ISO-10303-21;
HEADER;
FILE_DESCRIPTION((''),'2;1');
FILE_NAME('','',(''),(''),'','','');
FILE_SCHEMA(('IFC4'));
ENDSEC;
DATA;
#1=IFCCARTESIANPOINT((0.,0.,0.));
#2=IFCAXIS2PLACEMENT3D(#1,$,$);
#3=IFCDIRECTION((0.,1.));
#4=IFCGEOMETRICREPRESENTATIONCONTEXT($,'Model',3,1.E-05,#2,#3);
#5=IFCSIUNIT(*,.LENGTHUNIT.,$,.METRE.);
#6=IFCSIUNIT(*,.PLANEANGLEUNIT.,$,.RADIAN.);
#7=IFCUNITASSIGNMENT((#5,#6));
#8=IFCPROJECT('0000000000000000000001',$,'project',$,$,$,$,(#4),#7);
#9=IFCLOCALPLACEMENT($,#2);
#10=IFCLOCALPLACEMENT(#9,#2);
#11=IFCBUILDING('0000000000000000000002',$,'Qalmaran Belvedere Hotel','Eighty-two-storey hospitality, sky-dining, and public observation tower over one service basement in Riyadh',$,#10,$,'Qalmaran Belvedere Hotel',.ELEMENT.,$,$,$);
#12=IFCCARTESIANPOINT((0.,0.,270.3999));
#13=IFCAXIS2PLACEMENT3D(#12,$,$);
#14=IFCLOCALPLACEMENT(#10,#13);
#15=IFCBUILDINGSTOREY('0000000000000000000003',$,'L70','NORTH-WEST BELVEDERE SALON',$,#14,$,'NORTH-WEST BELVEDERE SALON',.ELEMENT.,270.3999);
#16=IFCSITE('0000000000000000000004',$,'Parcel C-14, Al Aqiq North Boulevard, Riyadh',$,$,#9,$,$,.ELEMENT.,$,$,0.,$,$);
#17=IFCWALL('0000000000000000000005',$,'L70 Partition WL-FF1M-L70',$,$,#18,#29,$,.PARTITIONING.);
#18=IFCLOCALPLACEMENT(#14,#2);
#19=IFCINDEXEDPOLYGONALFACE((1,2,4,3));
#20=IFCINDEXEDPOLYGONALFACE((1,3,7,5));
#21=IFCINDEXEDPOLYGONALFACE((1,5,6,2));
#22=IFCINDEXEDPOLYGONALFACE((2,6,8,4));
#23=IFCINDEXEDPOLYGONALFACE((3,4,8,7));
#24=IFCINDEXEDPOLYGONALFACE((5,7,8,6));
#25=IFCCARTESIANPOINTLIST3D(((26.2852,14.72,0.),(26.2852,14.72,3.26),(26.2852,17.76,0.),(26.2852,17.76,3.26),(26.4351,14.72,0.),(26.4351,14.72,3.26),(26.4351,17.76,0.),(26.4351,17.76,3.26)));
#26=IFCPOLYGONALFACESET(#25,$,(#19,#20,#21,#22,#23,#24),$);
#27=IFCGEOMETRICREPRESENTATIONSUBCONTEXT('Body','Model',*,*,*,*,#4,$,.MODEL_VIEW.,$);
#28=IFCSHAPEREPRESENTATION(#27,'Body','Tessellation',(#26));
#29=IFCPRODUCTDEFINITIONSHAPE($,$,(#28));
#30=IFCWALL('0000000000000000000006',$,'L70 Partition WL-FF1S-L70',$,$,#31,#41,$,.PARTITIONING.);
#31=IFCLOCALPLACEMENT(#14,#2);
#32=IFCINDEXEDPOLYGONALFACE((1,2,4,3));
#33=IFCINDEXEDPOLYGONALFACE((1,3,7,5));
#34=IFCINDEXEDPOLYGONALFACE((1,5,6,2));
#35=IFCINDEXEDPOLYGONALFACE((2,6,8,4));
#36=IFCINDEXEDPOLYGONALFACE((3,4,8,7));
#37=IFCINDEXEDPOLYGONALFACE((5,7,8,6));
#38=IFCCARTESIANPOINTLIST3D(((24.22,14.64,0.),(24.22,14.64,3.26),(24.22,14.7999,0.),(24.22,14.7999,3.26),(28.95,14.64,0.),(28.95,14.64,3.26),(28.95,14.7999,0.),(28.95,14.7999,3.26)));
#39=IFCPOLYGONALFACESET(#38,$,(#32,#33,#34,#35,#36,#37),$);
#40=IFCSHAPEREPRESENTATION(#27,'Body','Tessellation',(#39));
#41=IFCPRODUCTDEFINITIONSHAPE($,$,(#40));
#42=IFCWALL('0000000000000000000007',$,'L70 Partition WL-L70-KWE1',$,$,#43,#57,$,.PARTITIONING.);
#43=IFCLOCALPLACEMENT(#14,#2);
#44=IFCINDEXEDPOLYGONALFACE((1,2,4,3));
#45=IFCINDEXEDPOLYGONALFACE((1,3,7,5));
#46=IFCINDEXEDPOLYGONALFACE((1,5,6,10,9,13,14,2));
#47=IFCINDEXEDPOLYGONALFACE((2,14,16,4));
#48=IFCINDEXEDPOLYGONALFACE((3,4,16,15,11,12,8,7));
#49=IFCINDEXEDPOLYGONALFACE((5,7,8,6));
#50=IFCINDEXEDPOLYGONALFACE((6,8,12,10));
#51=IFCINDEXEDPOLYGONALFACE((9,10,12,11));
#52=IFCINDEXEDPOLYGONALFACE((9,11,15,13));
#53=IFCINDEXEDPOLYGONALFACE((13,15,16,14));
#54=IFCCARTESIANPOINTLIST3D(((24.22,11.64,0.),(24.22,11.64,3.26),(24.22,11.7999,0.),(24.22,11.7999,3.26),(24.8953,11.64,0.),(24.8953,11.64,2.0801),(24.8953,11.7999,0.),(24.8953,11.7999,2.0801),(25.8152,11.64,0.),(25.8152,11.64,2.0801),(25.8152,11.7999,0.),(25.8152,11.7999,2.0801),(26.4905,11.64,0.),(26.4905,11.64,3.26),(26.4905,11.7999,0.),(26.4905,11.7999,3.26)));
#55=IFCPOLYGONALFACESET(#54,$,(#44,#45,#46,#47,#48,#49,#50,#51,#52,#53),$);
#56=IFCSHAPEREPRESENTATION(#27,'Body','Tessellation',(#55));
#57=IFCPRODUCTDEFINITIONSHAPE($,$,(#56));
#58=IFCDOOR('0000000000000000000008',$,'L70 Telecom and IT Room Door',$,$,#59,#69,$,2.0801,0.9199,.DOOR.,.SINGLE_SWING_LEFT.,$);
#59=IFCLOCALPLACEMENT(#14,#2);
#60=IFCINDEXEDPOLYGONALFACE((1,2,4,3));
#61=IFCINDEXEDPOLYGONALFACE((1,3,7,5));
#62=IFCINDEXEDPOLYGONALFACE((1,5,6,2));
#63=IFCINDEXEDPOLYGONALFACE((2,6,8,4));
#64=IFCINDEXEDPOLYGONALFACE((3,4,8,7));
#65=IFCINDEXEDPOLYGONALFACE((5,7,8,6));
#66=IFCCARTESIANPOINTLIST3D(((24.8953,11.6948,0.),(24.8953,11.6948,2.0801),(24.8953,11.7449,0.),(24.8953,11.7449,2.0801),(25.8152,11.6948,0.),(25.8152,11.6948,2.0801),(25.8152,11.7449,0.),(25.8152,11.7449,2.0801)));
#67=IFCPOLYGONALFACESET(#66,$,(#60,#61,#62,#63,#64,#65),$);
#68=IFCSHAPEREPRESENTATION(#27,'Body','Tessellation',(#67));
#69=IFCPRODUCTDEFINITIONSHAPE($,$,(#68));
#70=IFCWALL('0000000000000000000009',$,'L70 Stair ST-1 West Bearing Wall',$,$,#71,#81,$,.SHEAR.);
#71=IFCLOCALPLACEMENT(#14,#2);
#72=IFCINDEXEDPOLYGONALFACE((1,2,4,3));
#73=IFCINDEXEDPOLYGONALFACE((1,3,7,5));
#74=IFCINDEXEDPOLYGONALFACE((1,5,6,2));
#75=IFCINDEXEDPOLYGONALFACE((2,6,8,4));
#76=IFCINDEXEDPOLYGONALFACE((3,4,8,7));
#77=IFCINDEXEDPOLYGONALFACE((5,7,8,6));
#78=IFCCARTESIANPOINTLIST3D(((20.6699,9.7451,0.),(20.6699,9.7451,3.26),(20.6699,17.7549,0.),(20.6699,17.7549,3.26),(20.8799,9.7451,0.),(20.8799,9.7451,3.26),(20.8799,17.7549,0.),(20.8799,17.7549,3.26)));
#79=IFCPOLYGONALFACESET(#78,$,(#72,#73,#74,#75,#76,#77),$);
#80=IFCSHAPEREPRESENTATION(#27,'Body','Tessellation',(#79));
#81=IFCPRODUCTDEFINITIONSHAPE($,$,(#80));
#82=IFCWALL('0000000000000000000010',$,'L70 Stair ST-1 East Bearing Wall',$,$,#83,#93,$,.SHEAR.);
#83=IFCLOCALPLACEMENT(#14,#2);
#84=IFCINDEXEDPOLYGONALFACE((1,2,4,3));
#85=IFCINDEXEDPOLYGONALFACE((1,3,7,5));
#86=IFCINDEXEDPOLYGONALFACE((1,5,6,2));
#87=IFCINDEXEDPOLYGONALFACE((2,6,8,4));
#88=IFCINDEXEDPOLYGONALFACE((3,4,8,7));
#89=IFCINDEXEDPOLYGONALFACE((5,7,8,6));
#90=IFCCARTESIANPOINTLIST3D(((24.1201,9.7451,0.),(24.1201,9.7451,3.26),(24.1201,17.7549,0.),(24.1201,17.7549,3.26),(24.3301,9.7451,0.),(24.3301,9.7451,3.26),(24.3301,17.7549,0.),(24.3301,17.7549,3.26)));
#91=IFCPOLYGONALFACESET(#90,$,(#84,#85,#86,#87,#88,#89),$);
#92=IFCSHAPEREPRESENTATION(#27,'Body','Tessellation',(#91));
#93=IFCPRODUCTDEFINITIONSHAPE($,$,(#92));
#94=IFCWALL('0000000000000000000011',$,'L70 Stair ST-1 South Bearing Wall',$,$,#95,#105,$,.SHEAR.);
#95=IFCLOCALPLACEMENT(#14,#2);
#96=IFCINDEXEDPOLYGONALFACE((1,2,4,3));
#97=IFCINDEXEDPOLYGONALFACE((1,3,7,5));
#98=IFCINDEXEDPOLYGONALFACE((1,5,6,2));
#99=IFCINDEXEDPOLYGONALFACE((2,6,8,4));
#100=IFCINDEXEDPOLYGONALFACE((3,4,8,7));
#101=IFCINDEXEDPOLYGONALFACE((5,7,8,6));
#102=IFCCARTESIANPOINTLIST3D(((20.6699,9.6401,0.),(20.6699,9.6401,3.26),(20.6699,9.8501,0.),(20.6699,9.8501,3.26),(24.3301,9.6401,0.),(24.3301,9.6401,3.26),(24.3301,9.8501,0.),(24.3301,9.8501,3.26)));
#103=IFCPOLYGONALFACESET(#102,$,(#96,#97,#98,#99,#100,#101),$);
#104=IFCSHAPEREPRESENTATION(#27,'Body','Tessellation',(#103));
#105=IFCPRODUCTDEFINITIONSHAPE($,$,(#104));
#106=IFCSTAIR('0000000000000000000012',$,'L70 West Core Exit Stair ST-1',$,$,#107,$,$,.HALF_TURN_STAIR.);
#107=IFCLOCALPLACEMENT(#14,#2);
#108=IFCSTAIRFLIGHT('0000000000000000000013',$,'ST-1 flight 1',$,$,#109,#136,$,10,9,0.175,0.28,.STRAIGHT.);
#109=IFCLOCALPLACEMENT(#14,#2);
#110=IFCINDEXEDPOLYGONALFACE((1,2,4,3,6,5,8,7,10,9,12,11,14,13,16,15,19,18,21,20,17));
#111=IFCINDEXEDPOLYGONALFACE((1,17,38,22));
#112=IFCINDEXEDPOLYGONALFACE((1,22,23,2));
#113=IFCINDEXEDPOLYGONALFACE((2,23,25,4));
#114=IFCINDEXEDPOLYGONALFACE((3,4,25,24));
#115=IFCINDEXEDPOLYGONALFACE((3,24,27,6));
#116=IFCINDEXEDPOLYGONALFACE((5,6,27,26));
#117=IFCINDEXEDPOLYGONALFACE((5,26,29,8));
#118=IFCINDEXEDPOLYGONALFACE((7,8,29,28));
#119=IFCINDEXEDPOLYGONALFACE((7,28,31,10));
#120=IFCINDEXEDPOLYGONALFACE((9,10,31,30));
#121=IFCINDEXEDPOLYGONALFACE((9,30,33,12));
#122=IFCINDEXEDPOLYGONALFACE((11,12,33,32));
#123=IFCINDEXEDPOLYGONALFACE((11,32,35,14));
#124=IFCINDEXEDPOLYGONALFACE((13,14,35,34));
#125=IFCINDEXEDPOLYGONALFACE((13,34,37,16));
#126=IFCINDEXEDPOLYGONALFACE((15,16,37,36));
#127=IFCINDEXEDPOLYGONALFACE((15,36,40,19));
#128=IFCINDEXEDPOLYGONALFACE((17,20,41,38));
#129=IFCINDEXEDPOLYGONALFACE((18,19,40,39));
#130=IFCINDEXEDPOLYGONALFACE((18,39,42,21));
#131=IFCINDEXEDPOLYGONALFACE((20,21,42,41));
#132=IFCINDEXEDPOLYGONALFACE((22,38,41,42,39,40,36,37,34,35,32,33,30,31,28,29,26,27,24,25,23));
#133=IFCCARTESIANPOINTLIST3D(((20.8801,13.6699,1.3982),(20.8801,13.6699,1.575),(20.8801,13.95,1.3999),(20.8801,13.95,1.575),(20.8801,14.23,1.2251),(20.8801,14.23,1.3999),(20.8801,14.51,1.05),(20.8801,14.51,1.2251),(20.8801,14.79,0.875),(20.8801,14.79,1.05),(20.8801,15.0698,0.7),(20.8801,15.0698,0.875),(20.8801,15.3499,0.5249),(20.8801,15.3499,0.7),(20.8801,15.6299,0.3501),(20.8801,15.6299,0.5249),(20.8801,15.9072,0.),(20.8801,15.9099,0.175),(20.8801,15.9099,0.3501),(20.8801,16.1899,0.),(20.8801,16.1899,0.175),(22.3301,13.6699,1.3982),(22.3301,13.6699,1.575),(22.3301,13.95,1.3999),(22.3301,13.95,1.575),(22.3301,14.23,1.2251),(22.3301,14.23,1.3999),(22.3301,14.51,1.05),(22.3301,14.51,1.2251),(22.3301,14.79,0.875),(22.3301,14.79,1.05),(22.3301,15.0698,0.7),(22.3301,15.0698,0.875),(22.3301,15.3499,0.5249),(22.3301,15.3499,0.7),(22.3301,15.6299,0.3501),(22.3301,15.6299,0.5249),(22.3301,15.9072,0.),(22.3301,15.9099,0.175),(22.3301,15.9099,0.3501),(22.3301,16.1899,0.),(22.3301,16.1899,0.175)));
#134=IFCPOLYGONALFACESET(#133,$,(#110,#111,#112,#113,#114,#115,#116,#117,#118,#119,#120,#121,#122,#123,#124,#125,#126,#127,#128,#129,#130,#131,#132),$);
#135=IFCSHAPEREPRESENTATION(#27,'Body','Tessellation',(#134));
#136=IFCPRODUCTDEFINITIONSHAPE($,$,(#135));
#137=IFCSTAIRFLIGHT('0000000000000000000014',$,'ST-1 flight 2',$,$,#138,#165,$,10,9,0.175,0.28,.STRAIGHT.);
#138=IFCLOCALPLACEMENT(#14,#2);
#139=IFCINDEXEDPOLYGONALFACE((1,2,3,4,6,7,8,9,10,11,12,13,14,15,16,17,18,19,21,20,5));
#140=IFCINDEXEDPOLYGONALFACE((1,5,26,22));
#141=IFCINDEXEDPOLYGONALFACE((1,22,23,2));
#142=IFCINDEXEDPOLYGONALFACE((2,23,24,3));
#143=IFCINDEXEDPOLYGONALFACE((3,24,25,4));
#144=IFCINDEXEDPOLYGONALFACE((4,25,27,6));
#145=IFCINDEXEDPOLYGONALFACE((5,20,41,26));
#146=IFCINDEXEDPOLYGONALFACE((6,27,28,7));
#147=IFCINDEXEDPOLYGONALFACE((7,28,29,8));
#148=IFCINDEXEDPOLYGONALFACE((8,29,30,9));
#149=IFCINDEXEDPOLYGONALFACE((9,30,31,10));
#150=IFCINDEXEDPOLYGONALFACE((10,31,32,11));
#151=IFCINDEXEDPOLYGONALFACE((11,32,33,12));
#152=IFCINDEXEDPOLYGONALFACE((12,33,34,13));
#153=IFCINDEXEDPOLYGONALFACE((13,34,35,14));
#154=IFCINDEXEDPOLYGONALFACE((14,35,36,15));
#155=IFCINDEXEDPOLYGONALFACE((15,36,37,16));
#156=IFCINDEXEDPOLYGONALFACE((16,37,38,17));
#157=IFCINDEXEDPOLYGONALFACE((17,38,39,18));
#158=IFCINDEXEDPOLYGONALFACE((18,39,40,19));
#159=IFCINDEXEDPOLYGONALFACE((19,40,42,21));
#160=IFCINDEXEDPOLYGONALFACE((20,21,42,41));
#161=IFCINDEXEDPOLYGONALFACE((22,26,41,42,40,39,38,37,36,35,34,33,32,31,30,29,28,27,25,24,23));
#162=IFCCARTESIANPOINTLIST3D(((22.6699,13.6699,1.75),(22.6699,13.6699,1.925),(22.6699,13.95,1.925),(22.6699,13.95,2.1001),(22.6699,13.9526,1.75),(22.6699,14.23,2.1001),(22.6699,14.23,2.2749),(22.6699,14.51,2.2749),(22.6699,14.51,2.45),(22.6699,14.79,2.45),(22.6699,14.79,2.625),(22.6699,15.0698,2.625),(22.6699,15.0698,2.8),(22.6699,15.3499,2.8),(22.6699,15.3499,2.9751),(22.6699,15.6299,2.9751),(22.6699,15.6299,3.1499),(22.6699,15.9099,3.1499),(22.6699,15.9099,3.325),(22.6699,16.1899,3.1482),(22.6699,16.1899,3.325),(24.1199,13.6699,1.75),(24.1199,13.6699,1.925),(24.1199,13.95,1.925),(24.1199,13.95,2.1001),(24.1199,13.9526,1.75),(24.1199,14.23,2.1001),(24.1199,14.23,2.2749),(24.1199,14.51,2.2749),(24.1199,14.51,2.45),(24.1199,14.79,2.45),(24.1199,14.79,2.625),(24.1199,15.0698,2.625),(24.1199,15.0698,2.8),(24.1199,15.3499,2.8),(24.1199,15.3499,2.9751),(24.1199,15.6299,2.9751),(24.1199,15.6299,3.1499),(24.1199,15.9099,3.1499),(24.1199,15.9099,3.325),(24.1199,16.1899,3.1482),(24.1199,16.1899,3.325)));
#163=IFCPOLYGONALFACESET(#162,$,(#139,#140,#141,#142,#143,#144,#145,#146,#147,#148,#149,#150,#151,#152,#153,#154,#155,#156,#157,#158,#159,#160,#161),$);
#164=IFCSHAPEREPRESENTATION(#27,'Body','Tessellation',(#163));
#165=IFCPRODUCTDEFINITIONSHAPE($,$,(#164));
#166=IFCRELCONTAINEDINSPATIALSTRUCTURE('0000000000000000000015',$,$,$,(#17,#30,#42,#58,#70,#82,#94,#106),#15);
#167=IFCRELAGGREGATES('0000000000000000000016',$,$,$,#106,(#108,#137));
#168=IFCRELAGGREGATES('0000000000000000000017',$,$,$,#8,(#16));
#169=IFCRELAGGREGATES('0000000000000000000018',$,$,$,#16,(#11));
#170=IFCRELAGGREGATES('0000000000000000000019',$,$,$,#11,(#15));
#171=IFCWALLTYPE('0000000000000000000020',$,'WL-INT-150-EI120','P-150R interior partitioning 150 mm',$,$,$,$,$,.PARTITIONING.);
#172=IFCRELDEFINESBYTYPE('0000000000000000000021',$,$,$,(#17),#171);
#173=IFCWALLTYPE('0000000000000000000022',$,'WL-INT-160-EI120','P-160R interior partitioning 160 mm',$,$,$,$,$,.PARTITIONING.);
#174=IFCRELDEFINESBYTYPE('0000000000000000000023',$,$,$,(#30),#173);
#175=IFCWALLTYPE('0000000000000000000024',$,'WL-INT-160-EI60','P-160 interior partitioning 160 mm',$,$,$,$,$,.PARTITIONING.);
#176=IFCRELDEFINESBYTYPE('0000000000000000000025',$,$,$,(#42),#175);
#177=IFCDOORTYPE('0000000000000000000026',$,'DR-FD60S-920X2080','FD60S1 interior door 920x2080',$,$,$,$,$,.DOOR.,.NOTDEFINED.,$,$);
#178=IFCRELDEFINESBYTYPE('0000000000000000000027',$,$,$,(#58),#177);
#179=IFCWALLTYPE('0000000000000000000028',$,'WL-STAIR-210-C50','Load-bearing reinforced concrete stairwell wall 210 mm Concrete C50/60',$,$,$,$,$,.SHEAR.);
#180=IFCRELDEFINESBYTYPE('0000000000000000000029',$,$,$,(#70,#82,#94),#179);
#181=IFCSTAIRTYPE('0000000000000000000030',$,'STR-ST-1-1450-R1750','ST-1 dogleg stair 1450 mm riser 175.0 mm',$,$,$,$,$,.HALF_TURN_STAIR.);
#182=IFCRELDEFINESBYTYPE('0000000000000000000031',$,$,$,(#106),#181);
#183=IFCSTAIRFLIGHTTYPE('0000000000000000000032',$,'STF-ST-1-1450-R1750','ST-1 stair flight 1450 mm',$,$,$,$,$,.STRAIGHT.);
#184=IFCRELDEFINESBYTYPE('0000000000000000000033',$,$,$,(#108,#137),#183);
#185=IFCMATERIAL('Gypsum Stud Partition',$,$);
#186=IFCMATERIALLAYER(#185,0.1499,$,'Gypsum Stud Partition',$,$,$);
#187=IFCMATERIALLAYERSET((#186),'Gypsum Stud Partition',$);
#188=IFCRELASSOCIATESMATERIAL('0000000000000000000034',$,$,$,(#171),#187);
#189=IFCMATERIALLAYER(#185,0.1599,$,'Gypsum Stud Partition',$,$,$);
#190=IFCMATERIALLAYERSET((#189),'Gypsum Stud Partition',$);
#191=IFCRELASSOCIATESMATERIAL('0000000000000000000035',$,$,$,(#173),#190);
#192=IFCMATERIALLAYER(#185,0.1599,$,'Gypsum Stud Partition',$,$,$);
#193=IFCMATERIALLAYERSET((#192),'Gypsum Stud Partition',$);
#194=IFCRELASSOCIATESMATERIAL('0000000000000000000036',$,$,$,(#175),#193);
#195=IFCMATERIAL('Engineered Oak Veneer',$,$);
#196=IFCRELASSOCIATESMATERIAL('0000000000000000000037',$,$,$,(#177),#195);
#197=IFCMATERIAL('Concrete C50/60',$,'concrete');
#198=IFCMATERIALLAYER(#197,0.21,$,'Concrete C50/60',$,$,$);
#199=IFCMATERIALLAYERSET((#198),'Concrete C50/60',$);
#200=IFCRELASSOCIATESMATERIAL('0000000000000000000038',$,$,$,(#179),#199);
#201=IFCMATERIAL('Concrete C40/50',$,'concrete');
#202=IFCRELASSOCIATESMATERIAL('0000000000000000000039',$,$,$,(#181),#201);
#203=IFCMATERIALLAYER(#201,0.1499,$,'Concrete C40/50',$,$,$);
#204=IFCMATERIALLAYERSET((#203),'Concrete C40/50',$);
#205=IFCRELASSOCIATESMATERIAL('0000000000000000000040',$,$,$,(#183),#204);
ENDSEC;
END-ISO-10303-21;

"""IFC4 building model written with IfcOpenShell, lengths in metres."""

from ifc_helpers import new_model, si_unit, direction, frame, frame_2d, origin, place, context, subcontext, project, spatial, polyline, rectangle, outline, extrude, material, layer, layer_set, type_object, element, fill, aggregate, save


model = new_model("IFC4")

# Units and contexts
model_context = context("Model", 3, precision=1e-05, world=origin(), true_north=direction((0.0, 1.0)))
body_context = subcontext(model_context, "Body", "Model", "MODEL_VIEW")
ifc_project = project(units=[si_unit("LENGTHUNIT", "METRE"), si_unit("PLANEANGLEUNIT", "RADIAN")], contexts=[model_context])

# Site, building, storey
site_placement = place(None, origin())
site = spatial("IfcSite", under=ifc_project, at=site_placement, Name="Parcel C-14, Al Aqiq North Boulevard, Riyadh", CompositionType="ELEMENT", RefElevation=0.0)
building_placement = place(site_placement, origin())
building = spatial("IfcBuilding", under=site, at=building_placement, Name="Qalmaran Belvedere Hotel", Description="Eighty-two-storey hospitality, sky-dining, and public observation tower over one service basement in Riyadh", LongName="Qalmaran Belvedere Hotel", CompositionType="ELEMENT")
storey_placement = place(building_placement, frame((0.0, 0.0, 270.3999)))
storey = spatial("IfcBuildingStorey", under=building, at=storey_placement, Name="L70", Description="NORTH-WEST BELVEDERE SALON", LongName="NORTH-WEST BELVEDERE SALON", CompositionType="ELEMENT", Elevation=270.3999)

# Walls
ifc_material_1 = material(Name="Gypsum Stud Partition")
ifc_layer_1 = layer(ifc_material_1, 0.1499, Name="Gypsum Stud Partition")
ifc_layer_set_1 = layer_set([ifc_layer_1], Name="Gypsum Stud Partition")
wall_type_1 = type_object("IfcWallType", Name="WL-INT-150-EI120", Description="P-150R interior partitioning 150 mm", PredefinedType="PARTITIONING", material=ifc_layer_set_1)
wall_1_placement = place(storey_placement, frame((26.3601, 14.72, 0.0), z_axis=(0.0, 0.0, 1.0), x_axis=(0.0, 1.0, 0.0)))
element("IfcWall", 1, at=wall_1_placement, inside=storey, type_object=wall_type_1, Name="L70 Partition WL-FF1M-L70", PredefinedType="PARTITIONING", context=body_context, shape_type="SweptSolid", body=[
    extrude(rectangle(XDim=3.04, YDim=0.1499, at=frame_2d((1.52, 0.0))), origin(), (0.0, 0.0, 1.0), 3.26),
])
ifc_layer_2 = layer(ifc_material_1, 0.1599, Name="Gypsum Stud Partition")
ifc_layer_set_2 = layer_set([ifc_layer_2], Name="Gypsum Stud Partition")
wall_type_2 = type_object("IfcWallType", Name="WL-INT-160-EI120", Description="P-160R interior partitioning 160 mm", PredefinedType="PARTITIONING", material=ifc_layer_set_2)
wall_2_placement = place(storey_placement, frame((24.22, 14.72, 0.0), z_axis=(0.0, 0.0, 1.0), x_axis=(1.0, 0.0, 0.0)))
element("IfcWall", 2, at=wall_2_placement, inside=storey, type_object=wall_type_2, Name="L70 Partition WL-FF1S-L70", PredefinedType="PARTITIONING", context=body_context, shape_type="SweptSolid", body=[
    extrude(rectangle(XDim=4.73, YDim=0.1599, at=frame_2d((2.365, 0.0))), origin(), (0.0, 0.0, 1.0), 3.26),
])

# Wall, opening, door
ifc_layer_3 = layer(ifc_material_1, 0.1599, Name="Gypsum Stud Partition")
ifc_layer_set_3 = layer_set([ifc_layer_3], Name="Gypsum Stud Partition")
wall_type_3 = type_object("IfcWallType", Name="WL-INT-160-EI60", Description="P-160 interior partitioning 160 mm", PredefinedType="PARTITIONING", material=ifc_layer_set_3)
wall_3_placement = place(storey_placement, frame((24.22, 11.72, 0.0), z_axis=(0.0, 0.0, 1.0), x_axis=(1.0, 0.0, 0.0)))
wall_3 = element("IfcWall", 3, at=wall_3_placement, inside=storey, type_object=wall_type_3, Name="L70 Partition WL-L70-KWE1", PredefinedType="PARTITIONING", context=body_context, shape_type="SweptSolid", body=[
    extrude(rectangle(XDim=2.2705, YDim=0.1599, at=frame_2d((1.1353, 0.0))), origin(), (0.0, 0.0, 1.0), 3.26),
])
opening_1_placement = place(wall_3_placement, frame((0.6753, 0.0, 0.0)))
opening_1 = element("IfcOpeningElement", 4, at=opening_1_placement, cuts=wall_3, PredefinedType="OPENING", context=body_context, shape_type="SweptSolid", body=[
    extrude(rectangle(XDim=0.9199, YDim=2.0801, at=frame_2d((0.46, 1.04))), frame((0.0, 0.0898, 0.0), z_axis=(0.0, -1.0, 0.0), x_axis=(1.0, 0.0, 0.0)), (0.0, 0.0, 1.0), 0.1799),
])
ifc_material_2 = material(Name="Engineered Oak Veneer")
door_type_1 = type_object("IfcDoorType", Name="DR-FD60S-920X2080", Description="FD60S1 interior door 920x2080", OperationType="NOTDEFINED", PredefinedType="DOOR", material=ifc_material_2)
door_1_placement = place(opening_1_placement, origin())
door_1 = element("IfcDoor", 5, at=door_1_placement, inside=storey, type_object=door_type_1, Name="L70 Telecom and IT Room Door", OperationType="SINGLE_SWING_LEFT", OverallHeight=2.0801, OverallWidth=0.9199, PredefinedType="DOOR", context=body_context, shape_type="SweptSolid", body=[
    extrude(rectangle(XDim=0.9199, YDim=2.0801, at=frame_2d((0.46, 1.04))), frame((0.0, 0.0249, 0.0), z_axis=(0.0, -1.0, 0.0), x_axis=(1.0, 0.0, 0.0)), (0.0, 0.0, 1.0), 0.05),
])
fill(opening_1, door_1)

# Walls
ifc_material_3 = material(Name="Concrete C50/60", Category="concrete")
ifc_layer_4 = layer(ifc_material_3, 0.21, Name="Concrete C50/60")
ifc_layer_set_4 = layer_set([ifc_layer_4], Name="Concrete C50/60")
wall_type_4 = type_object("IfcWallType", Name="WL-STAIR-210-C50", Description="Load-bearing reinforced concrete stairwell wall 210 mm Concrete C50/60", PredefinedType="SHEAR", material=ifc_layer_set_4)
for number, where, z_axis, x_axis, name in (
    (6, (20.7749, 9.7451, 0.0), (0.0, 0.0, 1.0), (0.0, 1.0, 0.0), "L70 Stair ST-1 West Bearing Wall"),
    (7, (24.2251, 9.7451, 0.0), (0.0, 0.0, 1.0), (0.0, 1.0, 0.0), "L70 Stair ST-1 East Bearing Wall"),
):
    element("IfcWall", number, at=place(storey_placement, frame(where, z_axis=z_axis, x_axis=x_axis)), inside=storey, type_object=wall_type_4, Name=name, PredefinedType="SHEAR", context=body_context, shape_type="SweptSolid", body=[
        extrude(rectangle(XDim=8.0098, YDim=0.21, at=frame_2d((4.0049, 0.0))), origin(), (0.0, 0.0, 1.0), 3.26),
    ])
wall_4_placement = place(storey_placement, frame((20.6699, 9.7451, 0.0), z_axis=(0.0, 0.0, 1.0), x_axis=(1.0, 0.0, 0.0)))
element("IfcWall", 8, at=wall_4_placement, inside=storey, type_object=wall_type_4, Name="L70 Stair ST-1 South Bearing Wall", PredefinedType="SHEAR", context=body_context, shape_type="SweptSolid", body=[
    extrude(rectangle(XDim=3.6602, YDim=0.21, at=frame_2d((1.8301, 0.0))), origin(), (0.0, 0.0, 1.0), 3.26),
])

# Stair, stair flights
ifc_material_4 = material(Name="Concrete C40/50", Category="concrete")
stair_type = type_object("IfcStairType", Name="STR-ST-1-1450-R1750", Description="ST-1 dogleg stair 1450 mm riser 175.0 mm", PredefinedType="HALF_TURN_STAIR", material=ifc_material_4)
stair_placement = place(storey_placement, origin())
stair = element("IfcStair", 9, at=stair_placement, inside=storey, type_object=stair_type, Name="L70 West Core Exit Stair ST-1", PredefinedType="HALF_TURN_STAIR")
ifc_layer_5 = layer(ifc_material_4, 0.1499, Name="Concrete C40/50")
ifc_layer_set_5 = layer_set([ifc_layer_5], Name="Concrete C40/50")
stair_flight_type = type_object("IfcStairFlightType", Name="STF-ST-1-1450-R1750", Description="ST-1 stair flight 1450 mm", PredefinedType="STRAIGHT", material=ifc_layer_set_5)
stair_flight_1_placement = place(storey_placement, frame((21.605, 16.1899, 0.0), z_axis=(0.0, 0.0, 1.0), x_axis=(0.0, -1.0, 0.0)))
stair_flight_1 = element("IfcStairFlight", 10, at=stair_flight_1_placement, type_object=stair_flight_type, Name="ST-1 flight 1", NumberOfRisers=10, NumberOfTreads=9, PredefinedType="STRAIGHT", RiserHeight=0.175, TreadLength=0.28, context=body_context, shape_type="SweptSolid", body=[
    extrude(outline(polyline([(0.0, 0.0), (0.0, 0.175), (0.28, 0.175), (0.28, 0.3501), (0.5601, 0.3501), (0.5601, 0.5249), (0.8401, 0.5249), (0.8401, 0.7), (1.1201, 0.7), (1.1201, 0.875), (1.3999, 0.875), (1.3999, 1.05), (1.6799, 1.05), (1.6799, 1.2251), (1.96, 1.2251), (1.96, 1.3999), (2.24, 1.3999), (2.24, 1.575), (2.52, 1.575), (2.52, 1.75), (2.52, 1.3982), (0.2827, 0.0), (0.0, 0.0)])), frame((0.0, 0.7251, 0.0), z_axis=(0.0, -1.0, 0.0), x_axis=(1.0, 0.0, 0.0)), (0.0, 0.0, 1.0), 1.45),
])
stair_flight_2_placement = place(storey_placement, frame((23.395, 13.6699, 1.75), z_axis=(0.0, 0.0, 1.0), x_axis=(0.0, 1.0, 0.0)))
stair_flight_2 = element("IfcStairFlight", 11, at=stair_flight_2_placement, type_object=stair_flight_type, Name="ST-1 flight 2", NumberOfRisers=10, NumberOfTreads=9, PredefinedType="STRAIGHT", RiserHeight=0.175, TreadLength=0.28, context=body_context, shape_type="SweptSolid", body=[
    extrude(outline(polyline([(0.0, 0.0), (0.0, 0.175), (0.28, 0.175), (0.28, 0.3501), (0.5601, 0.3501), (0.5601, 0.5249), (0.8401, 0.5249), (0.8401, 0.7), (1.1201, 0.7), (1.1201, 0.875), (1.3999, 0.875), (1.3999, 1.05), (1.6799, 1.05), (1.6799, 1.2251), (1.96, 1.2251), (1.96, 1.3999), (2.24, 1.3999), (2.24, 1.575), (2.52, 1.575), (2.52, 1.75), (2.52, 1.3982), (0.2827, 0.0), (0.0, 0.0)])), frame((0.0, 0.7251, 0.0), z_axis=(0.0, -1.0, 0.0), x_axis=(1.0, 0.0, 0.0)), (0.0, 0.0, 1.0), 1.45),
])
aggregate(stair, [stair_flight_1, stair_flight_2])

save(model, "model.ifc")
